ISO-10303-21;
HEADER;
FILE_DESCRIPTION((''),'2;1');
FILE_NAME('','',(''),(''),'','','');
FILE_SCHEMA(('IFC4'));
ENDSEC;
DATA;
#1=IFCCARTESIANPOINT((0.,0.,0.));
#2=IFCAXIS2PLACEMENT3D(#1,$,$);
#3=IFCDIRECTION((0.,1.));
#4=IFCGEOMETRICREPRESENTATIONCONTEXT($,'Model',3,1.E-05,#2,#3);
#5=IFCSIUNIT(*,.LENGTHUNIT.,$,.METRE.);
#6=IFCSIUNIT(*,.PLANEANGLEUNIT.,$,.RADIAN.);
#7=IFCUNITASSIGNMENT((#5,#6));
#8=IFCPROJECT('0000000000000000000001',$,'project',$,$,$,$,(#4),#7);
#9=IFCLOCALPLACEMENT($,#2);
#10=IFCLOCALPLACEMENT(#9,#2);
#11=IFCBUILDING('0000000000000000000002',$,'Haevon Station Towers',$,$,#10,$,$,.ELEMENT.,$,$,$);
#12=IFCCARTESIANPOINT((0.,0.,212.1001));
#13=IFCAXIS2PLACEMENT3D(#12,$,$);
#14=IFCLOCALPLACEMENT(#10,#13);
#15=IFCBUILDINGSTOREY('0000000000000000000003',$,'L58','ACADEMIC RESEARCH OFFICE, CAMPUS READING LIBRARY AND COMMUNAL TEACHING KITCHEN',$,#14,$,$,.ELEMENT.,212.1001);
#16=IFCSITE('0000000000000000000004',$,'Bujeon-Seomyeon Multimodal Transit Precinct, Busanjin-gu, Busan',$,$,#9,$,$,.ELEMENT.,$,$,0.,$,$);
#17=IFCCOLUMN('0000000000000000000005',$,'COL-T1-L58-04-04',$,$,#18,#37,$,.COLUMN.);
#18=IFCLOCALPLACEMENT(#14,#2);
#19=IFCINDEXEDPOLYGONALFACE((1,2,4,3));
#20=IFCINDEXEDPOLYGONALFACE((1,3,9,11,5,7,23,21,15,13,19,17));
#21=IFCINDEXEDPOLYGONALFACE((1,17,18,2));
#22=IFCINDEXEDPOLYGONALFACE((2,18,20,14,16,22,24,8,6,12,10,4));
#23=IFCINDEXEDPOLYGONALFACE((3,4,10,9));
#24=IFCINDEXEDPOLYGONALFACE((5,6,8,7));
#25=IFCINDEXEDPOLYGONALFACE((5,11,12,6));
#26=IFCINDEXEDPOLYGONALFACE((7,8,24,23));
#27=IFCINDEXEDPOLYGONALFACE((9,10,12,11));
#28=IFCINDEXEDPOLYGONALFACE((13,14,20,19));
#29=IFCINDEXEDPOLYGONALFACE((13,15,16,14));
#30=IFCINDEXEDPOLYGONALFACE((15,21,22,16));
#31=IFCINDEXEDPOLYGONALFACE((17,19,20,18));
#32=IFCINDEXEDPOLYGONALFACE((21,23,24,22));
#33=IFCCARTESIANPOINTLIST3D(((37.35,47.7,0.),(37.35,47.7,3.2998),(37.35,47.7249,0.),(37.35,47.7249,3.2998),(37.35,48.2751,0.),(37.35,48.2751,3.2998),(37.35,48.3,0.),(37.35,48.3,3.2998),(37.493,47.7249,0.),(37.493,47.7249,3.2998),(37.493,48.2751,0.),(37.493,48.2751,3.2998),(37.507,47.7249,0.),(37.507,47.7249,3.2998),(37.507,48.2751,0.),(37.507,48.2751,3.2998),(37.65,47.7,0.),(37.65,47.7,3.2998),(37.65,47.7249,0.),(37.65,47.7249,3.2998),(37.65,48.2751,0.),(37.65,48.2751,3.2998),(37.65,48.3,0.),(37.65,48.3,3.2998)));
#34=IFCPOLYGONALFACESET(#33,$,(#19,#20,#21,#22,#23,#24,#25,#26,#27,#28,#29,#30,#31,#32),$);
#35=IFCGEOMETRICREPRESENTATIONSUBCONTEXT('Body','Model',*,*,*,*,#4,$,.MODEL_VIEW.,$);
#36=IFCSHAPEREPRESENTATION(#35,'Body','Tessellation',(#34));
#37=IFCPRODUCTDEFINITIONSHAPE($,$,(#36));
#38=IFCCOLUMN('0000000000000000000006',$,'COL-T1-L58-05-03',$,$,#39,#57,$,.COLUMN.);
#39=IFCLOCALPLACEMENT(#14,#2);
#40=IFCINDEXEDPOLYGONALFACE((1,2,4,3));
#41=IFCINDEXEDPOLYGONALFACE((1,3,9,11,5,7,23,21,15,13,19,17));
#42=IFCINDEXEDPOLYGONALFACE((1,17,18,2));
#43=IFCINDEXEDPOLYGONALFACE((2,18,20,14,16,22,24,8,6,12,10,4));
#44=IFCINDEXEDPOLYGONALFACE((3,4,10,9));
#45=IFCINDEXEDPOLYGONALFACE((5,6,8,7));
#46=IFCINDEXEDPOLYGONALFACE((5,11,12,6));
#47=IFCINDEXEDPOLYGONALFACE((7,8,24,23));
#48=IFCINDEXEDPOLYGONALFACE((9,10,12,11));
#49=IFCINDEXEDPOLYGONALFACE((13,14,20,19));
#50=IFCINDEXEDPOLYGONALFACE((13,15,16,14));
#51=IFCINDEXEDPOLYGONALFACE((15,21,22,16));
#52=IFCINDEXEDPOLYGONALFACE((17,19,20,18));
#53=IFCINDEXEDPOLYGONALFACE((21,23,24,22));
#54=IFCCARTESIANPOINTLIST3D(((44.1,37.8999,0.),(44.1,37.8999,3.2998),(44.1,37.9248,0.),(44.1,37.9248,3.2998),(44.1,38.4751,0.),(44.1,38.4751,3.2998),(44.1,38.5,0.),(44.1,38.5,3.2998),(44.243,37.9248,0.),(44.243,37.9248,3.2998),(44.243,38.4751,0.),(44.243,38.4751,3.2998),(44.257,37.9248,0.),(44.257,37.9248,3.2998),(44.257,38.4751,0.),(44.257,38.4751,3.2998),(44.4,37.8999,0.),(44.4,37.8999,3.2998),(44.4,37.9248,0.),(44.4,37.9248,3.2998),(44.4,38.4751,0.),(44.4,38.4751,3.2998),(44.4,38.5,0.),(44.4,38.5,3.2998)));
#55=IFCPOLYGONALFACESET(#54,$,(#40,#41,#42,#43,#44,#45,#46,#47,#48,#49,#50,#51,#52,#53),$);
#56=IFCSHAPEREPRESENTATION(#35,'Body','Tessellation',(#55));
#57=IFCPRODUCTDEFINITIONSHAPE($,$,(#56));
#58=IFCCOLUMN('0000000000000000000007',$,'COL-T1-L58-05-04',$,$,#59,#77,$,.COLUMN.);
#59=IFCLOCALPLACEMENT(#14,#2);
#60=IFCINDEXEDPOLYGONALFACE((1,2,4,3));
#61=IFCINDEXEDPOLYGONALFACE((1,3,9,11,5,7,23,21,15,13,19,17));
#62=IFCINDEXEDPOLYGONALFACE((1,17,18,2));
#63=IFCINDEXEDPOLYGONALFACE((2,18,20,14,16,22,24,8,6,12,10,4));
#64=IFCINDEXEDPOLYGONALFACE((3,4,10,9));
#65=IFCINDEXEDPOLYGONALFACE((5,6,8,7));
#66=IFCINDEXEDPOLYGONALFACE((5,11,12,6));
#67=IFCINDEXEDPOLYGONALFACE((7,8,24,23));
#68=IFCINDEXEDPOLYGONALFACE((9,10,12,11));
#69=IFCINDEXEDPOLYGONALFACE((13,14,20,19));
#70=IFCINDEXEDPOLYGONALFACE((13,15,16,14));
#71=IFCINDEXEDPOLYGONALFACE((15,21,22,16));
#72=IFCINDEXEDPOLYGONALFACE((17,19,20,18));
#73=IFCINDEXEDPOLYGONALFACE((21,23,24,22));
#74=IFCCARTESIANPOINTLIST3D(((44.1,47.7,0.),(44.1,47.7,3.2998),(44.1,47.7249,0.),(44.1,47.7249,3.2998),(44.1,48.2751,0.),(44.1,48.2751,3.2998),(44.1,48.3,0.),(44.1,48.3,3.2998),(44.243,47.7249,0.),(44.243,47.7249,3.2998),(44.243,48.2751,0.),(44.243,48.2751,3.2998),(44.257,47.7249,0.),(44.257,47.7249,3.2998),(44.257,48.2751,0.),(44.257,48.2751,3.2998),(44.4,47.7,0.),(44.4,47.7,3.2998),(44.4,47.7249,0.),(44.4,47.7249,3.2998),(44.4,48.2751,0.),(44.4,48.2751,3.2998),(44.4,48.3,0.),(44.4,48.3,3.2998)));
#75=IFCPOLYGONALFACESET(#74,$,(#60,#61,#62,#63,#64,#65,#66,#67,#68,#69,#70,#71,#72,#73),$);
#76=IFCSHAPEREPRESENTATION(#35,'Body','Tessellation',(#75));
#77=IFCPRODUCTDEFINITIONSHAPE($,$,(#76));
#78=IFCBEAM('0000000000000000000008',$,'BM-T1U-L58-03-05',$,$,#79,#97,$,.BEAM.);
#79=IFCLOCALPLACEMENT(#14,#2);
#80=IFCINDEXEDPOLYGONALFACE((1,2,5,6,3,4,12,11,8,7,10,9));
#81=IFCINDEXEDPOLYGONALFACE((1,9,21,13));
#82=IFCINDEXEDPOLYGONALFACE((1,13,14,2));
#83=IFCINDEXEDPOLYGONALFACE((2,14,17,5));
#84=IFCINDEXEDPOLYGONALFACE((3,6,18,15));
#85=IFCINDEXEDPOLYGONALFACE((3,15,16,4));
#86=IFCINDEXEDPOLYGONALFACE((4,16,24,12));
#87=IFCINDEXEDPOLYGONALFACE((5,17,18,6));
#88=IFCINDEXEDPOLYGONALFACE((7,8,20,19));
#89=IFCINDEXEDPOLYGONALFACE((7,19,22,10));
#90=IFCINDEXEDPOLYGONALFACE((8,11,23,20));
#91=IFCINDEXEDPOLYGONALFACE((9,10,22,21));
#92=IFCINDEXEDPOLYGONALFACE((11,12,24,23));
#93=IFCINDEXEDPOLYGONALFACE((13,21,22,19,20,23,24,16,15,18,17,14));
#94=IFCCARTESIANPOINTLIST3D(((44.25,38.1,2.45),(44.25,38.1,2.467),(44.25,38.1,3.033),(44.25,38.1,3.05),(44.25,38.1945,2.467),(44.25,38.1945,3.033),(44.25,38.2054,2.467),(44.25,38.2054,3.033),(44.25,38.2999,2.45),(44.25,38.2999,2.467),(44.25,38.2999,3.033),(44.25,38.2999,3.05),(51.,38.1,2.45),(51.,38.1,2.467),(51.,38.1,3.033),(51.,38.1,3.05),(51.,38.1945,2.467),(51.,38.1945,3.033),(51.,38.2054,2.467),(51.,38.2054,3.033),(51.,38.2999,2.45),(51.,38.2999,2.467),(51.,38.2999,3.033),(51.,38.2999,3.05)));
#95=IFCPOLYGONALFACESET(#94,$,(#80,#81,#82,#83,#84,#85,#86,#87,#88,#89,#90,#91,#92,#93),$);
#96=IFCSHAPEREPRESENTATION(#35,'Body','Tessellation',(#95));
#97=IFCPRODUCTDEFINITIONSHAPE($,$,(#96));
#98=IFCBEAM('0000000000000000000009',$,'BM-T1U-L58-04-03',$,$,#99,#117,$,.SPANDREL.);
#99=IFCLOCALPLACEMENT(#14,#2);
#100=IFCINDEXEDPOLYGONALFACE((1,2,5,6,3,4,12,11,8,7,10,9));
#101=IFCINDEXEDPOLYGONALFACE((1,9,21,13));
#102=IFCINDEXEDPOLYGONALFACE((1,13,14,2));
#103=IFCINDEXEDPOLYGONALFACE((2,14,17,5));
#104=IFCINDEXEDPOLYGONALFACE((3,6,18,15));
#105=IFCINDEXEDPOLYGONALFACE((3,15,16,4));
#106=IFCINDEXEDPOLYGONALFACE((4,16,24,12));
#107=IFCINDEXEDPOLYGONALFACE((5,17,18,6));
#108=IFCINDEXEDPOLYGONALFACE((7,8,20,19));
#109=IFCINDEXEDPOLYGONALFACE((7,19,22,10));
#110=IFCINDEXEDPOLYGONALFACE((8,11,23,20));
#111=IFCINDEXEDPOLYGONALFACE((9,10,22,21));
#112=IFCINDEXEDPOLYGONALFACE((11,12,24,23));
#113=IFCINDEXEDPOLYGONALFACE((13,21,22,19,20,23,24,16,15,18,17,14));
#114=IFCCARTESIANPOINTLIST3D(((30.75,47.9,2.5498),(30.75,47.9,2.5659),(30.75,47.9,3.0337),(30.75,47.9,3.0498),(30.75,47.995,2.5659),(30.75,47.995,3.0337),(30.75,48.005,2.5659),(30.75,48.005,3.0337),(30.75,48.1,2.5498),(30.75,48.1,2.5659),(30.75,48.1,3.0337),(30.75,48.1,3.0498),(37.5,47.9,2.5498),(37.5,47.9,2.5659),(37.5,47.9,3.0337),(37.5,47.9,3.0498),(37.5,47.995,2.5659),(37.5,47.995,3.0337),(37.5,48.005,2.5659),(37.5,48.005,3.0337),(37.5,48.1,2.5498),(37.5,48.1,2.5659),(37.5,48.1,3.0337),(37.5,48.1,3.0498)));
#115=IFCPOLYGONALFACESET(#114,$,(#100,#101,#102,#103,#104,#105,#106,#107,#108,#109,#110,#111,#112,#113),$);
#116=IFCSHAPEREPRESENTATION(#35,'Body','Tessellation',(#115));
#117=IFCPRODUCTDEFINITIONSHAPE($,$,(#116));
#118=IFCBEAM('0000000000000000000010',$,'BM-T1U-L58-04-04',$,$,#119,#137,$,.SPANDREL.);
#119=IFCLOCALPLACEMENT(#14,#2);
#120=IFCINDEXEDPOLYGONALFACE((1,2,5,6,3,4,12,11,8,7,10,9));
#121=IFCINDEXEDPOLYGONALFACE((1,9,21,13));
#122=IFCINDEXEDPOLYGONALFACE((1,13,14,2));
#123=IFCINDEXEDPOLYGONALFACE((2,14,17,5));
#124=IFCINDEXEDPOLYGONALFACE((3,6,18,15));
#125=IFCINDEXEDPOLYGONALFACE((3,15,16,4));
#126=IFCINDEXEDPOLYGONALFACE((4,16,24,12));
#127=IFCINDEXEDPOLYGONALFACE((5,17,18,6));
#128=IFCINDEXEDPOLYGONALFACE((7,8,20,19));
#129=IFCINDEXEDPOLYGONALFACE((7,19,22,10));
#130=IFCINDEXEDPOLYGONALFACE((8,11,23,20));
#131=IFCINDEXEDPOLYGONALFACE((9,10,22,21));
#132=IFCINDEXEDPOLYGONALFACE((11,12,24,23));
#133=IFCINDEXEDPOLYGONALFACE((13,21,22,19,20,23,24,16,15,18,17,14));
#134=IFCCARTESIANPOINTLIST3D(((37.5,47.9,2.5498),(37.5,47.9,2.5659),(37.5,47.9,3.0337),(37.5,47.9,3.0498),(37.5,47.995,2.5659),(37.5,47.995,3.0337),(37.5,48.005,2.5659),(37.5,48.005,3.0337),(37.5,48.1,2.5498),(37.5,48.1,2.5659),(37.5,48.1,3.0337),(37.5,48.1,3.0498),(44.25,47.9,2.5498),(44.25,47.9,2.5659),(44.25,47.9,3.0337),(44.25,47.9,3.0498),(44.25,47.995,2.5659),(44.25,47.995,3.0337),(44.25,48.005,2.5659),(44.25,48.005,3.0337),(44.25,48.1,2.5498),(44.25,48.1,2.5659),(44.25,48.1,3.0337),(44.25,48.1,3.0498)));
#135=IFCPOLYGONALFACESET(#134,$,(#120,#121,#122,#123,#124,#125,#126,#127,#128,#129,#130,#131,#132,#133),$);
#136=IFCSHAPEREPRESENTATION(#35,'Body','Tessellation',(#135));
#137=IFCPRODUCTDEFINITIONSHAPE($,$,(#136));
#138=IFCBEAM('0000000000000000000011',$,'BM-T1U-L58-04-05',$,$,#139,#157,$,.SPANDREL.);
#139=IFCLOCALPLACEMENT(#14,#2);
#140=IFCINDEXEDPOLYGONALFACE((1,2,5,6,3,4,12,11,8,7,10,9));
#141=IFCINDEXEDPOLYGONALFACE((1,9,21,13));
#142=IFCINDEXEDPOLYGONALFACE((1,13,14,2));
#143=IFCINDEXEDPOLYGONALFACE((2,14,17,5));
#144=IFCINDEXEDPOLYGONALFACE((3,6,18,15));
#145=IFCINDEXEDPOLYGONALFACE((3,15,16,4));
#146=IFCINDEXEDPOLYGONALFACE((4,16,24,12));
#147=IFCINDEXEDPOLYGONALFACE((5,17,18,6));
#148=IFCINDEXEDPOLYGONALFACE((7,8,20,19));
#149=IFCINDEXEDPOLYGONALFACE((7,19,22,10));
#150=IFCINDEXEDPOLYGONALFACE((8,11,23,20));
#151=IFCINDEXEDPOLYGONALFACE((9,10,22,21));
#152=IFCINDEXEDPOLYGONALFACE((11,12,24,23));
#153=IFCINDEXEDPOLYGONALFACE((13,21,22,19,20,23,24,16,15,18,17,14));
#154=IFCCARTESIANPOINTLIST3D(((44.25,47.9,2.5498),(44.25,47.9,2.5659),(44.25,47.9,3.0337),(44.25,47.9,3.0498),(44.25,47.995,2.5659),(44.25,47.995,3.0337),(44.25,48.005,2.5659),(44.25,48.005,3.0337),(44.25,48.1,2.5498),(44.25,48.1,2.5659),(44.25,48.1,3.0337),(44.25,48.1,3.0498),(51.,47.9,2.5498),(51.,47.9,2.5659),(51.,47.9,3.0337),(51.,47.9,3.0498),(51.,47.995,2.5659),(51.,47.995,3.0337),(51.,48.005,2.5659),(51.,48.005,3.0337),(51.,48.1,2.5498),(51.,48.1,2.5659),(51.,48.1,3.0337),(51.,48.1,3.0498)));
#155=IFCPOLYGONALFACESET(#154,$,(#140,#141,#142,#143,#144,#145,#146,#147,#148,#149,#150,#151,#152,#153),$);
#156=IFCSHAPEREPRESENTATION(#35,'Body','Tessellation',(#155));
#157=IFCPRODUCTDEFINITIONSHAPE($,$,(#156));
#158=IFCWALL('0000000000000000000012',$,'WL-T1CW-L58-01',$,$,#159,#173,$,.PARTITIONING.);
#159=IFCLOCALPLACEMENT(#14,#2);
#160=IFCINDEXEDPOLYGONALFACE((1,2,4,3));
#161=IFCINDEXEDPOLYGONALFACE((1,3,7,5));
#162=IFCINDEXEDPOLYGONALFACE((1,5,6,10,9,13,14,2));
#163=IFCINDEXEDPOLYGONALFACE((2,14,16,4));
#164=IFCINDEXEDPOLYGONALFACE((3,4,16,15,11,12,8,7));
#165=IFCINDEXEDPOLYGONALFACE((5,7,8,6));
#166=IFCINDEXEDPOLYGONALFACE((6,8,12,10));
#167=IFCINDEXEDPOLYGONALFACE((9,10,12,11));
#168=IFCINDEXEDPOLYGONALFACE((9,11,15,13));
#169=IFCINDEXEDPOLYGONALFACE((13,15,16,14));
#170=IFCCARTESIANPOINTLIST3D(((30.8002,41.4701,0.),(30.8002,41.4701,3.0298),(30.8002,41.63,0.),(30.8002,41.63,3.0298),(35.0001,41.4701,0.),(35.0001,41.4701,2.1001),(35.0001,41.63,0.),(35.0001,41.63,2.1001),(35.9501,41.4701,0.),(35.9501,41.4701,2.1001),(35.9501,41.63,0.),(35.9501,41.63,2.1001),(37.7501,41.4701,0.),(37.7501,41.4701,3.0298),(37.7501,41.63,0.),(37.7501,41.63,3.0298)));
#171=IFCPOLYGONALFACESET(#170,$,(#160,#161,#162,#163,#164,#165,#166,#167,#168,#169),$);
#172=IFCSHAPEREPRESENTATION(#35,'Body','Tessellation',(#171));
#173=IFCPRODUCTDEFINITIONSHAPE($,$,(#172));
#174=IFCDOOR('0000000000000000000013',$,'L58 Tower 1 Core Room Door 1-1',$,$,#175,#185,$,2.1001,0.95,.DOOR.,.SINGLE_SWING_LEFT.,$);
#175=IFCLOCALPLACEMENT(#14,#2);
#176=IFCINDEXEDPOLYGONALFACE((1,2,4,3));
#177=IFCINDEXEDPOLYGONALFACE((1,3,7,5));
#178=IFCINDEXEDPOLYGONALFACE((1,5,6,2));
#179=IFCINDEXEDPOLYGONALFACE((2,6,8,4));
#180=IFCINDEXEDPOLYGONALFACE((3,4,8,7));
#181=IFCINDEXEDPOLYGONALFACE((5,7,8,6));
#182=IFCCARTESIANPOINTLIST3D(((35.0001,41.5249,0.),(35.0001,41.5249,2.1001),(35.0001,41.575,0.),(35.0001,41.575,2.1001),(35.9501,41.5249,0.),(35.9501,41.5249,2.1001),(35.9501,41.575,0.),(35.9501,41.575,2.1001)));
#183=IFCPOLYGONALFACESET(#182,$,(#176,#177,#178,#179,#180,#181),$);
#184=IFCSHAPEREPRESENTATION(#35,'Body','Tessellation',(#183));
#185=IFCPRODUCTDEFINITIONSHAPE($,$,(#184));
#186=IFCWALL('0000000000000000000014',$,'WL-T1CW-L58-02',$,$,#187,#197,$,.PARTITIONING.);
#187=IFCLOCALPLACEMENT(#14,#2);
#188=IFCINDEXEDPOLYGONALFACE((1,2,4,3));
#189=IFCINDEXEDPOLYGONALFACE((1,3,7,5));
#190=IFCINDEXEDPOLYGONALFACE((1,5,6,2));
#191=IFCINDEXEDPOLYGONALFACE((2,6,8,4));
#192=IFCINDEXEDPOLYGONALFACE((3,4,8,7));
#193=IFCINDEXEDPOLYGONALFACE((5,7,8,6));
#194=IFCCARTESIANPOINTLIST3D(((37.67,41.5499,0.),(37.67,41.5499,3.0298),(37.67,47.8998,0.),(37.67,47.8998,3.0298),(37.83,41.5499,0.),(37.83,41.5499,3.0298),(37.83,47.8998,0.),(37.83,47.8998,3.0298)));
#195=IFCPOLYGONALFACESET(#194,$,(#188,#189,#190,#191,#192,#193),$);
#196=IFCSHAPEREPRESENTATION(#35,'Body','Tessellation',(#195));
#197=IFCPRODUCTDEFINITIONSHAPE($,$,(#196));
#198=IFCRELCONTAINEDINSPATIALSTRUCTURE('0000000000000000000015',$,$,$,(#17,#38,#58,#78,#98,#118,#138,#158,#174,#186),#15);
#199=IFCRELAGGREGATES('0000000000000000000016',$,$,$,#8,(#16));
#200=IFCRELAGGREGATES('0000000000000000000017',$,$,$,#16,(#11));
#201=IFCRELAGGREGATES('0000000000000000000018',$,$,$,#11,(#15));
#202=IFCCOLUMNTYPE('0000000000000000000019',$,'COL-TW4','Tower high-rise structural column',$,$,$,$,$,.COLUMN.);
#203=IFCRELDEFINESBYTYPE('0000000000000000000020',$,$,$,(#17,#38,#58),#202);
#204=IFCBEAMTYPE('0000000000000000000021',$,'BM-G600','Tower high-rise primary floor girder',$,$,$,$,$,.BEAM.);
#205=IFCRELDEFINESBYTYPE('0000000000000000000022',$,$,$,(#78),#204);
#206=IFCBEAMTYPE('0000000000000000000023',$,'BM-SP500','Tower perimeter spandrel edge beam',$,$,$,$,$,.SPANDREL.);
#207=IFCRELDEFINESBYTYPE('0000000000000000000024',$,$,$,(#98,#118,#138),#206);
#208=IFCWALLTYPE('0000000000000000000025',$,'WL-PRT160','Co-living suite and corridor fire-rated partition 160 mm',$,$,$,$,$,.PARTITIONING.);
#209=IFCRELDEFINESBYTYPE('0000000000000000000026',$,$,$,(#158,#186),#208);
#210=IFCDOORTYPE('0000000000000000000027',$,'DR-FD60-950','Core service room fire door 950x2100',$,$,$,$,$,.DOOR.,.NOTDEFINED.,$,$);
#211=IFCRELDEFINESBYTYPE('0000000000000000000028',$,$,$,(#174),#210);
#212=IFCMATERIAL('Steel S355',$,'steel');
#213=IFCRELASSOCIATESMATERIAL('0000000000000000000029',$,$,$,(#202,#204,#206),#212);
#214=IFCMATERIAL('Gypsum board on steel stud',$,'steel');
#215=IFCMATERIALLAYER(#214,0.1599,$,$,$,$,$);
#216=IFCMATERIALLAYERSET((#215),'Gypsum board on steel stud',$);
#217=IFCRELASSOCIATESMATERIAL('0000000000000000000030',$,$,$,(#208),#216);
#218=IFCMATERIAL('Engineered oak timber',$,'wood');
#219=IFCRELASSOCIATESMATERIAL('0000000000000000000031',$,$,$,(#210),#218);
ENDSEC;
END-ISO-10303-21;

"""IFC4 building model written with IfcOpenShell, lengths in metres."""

from ifc_helpers import new_model, si_unit, direction, frame, frame_2d, origin, origin_2d, place, context, subcontext, project, spatial, rectangle, i_section, extrude, material, layer, layer_set, material_profile, profile_set, type_object, element, fill, save


model = new_model("IFC4")

# Units and contexts
model_context = context("Model", 3, precision=1e-05, world=origin(), true_north=direction((0.0, 1.0)))
body_context = subcontext(model_context, "Body", "Model", "MODEL_VIEW")
ifc_project = project(units=[si_unit("LENGTHUNIT", "METRE"), si_unit("PLANEANGLEUNIT", "RADIAN")], contexts=[model_context])

# Site, building, storey
site_placement = place(None, origin())
site = spatial("IfcSite", under=ifc_project, at=site_placement, Name="Bujeon-Seomyeon Multimodal Transit Precinct, Busanjin-gu, Busan", CompositionType="ELEMENT", RefElevation=0.0)
building_placement = place(site_placement, origin())
building = spatial("IfcBuilding", under=site, at=building_placement, Name="Haevon Station Towers", CompositionType="ELEMENT")
storey_placement = place(building_placement, frame((0.0, 0.0, 212.1001)))
storey = spatial("IfcBuildingStorey", under=building, at=storey_placement, Name="L58", Description="ACADEMIC RESEARCH OFFICE, CAMPUS READING LIBRARY AND COMMUNAL TEACHING KITCHEN", CompositionType="ELEMENT", Elevation=212.1001)

# Columns
ifc_material_1 = material(Name="Steel S355", Category="steel")
ifc_material_profile_1 = material_profile(ifc_material_1, i_section(OverallWidth=0.3, OverallDepth=0.6001, WebThickness=0.0139, FlangeThickness=0.0249, at=origin_2d()), Name="H-600x300x14x25")
ifc_profile_set_1 = profile_set([ifc_material_profile_1], Name="Steel S355")
column_type = type_object("IfcColumnType", Name="COL-TW4", Description="Tower high-rise structural column", PredefinedType="COLUMN", material=ifc_profile_set_1)
for number, where, z_axis, x_axis, name in (
    (1, (37.5, 48.0, 0.0), (0.0, 0.0, 1.0), (1.0, 0.0, 0.0), "COL-T1-L58-04-04"),
    (2, (44.25, 38.2, 0.0), (0.0, 0.0, 1.0), (1.0, 0.0, 0.0), "COL-T1-L58-05-03"),
    (3, (44.25, 48.0, 0.0), (0.0, 0.0, 1.0), (1.0, 0.0, 0.0), "COL-T1-L58-05-04"),
):
    element("IfcColumn", number, at=place(storey_placement, frame(where, z_axis=z_axis, x_axis=x_axis)), inside=storey, type_object=column_type, Name=name, PredefinedType="COLUMN", context=body_context, shape_type="SweptSolid", body=[
        extrude(i_section(OverallWidth=0.3, OverallDepth=0.6001, WebThickness=0.0139, FlangeThickness=0.0249, at=origin_2d()), origin(), (0.0, 0.0, 1.0), 3.2998),
    ])

# Beams
ifc_material_profile_2 = material_profile(ifc_material_1, i_section(OverallWidth=0.2, OverallDepth=0.6001, WebThickness=0.011, FlangeThickness=0.0171, at=origin_2d()), Name="H-600x200x11x17")
ifc_profile_set_2 = profile_set([ifc_material_profile_2], Name="Steel S355")
beam_type_1 = type_object("IfcBeamType", Name="BM-G600", Description="Tower high-rise primary floor girder", PredefinedType="BEAM", material=ifc_profile_set_2)
beam_placement = place(storey_placement, frame((44.25, 38.2, 2.75), z_axis=(1.0, 0.0, 0.0), x_axis=(0.0, 1.0, 0.0)))
element("IfcBeam", 4, at=beam_placement, inside=storey, type_object=beam_type_1, Name="BM-T1U-L58-03-05", PredefinedType="BEAM", context=body_context, shape_type="SweptSolid", body=[
    extrude(i_section(OverallWidth=0.2, OverallDepth=0.6001, WebThickness=0.011, FlangeThickness=0.0171, at=origin_2d()), origin(), (0.0, 0.0, 1.0), 6.75),
])
ifc_material_profile_3 = material_profile(ifc_material_1, i_section(OverallWidth=0.2, OverallDepth=0.5, WebThickness=0.01, FlangeThickness=0.0161, at=origin_2d()), Name="H-500x200x10x16")
ifc_profile_set_3 = profile_set([ifc_material_profile_3], Name="Steel S355")
beam_type_2 = type_object("IfcBeamType", Name="BM-SP500", Description="Tower perimeter spandrel edge beam", PredefinedType="SPANDREL", material=ifc_profile_set_3)
for number, where, z_axis, x_axis, name in (
    (5, (30.75, 48.0, 2.7998), (1.0, 0.0, 0.0), (0.0, 1.0, 0.0), "BM-T1U-L58-04-03"),
    (6, (37.5, 48.0, 2.7998), (1.0, 0.0, 0.0), (0.0, 1.0, 0.0), "BM-T1U-L58-04-04"),
    (7, (44.25, 48.0, 2.7998), (1.0, 0.0, 0.0), (0.0, 1.0, 0.0), "BM-T1U-L58-04-05"),
):
    element("IfcBeam", number, at=place(storey_placement, frame(where, z_axis=z_axis, x_axis=x_axis)), inside=storey, type_object=beam_type_2, Name=name, PredefinedType="SPANDREL", context=body_context, shape_type="SweptSolid", body=[
        extrude(i_section(OverallWidth=0.2, OverallDepth=0.5, WebThickness=0.01, FlangeThickness=0.0161, at=origin_2d()), origin(), (0.0, 0.0, 1.0), 6.75),
    ])

# Wall, opening, door
ifc_material_2 = material(Name="Gypsum board on steel stud", Category="steel")
ifc_layer_1 = layer(ifc_material_2, 0.1599)
ifc_layer_set_1 = layer_set([ifc_layer_1], Name="Gypsum board on steel stud")
wall_type_1 = type_object("IfcWallType", Name="WL-PRT160", Description="Co-living suite and corridor fire-rated partition 160 mm", PredefinedType="PARTITIONING", material=ifc_layer_set_1)
wall_1_placement = place(storey_placement, frame((30.8, 41.55, 0.0), z_axis=(0.0, 0.0, 1.0), x_axis=(1.0, 0.0, 0.0)))
wall_1 = element("IfcWall", 8, at=wall_1_placement, inside=storey, type_object=wall_type_1, Name="WL-T1CW-L58-01", PredefinedType="PARTITIONING", context=body_context, shape_type="SweptSolid", body=[
    extrude(rectangle(XDim=6.95, YDim=0.1599, at=frame_2d((3.4751, 0.0))), origin(), (0.0, 0.0, 1.0), 3.0298),
])
opening_1_placement = place(wall_1_placement, frame((4.2, 0.0, 0.0)))
opening_1 = element("IfcOpeningElement", 9, at=opening_1_placement, cuts=wall_1, PredefinedType="OPENING", context=body_context, shape_type="SweptSolid", body=[
    extrude(rectangle(XDim=0.95, YDim=2.1001, at=frame_2d((0.4751, 1.05))), frame((0.0, 0.0898, 0.0), z_axis=(0.0, -1.0, 0.0), x_axis=(1.0, 0.0, 0.0)), (0.0, 0.0, 1.0), 0.1799),
])
ifc_material_3 = material(Name="Engineered oak timber", Category="wood")
door_type_1 = type_object("IfcDoorType", Name="DR-FD60-950", Description="Core service room fire door 950x2100", OperationType="NOTDEFINED", PredefinedType="DOOR", material=ifc_material_3)
door_1_placement = place(opening_1_placement, origin())
door_1 = element("IfcDoor", 10, at=door_1_placement, inside=storey, type_object=door_type_1, Name="L58 Tower 1 Core Room Door 1-1", OperationType="SINGLE_SWING_LEFT", OverallHeight=2.1001, OverallWidth=0.95, PredefinedType="DOOR", context=body_context, shape_type="SweptSolid", body=[
    extrude(rectangle(XDim=0.95, YDim=2.1001, at=frame_2d((0.4751, 1.05))), frame((0.0, 0.0249, 0.0), z_axis=(0.0, -1.0, 0.0), x_axis=(1.0, 0.0, 0.0)), (0.0, 0.0, 1.0), 0.05),
])
fill(opening_1, door_1)

# Wall
wall_2_placement = place(storey_placement, frame((37.75, 41.55, 0.0), z_axis=(0.0, 0.0, 1.0), x_axis=(0.0, 1.0, 0.0)))
element("IfcWall", 11, at=wall_2_placement, inside=storey, type_object=wall_type_1, Name="WL-T1CW-L58-02", PredefinedType="PARTITIONING", context=body_context, shape_type="SweptSolid", body=[
    extrude(rectangle(XDim=6.3499, YDim=0.1599, at=frame_2d((3.1748, 0.0))), origin(), (0.0, 0.0, 1.0), 3.0298),
])

save(model, "model.ifc")
